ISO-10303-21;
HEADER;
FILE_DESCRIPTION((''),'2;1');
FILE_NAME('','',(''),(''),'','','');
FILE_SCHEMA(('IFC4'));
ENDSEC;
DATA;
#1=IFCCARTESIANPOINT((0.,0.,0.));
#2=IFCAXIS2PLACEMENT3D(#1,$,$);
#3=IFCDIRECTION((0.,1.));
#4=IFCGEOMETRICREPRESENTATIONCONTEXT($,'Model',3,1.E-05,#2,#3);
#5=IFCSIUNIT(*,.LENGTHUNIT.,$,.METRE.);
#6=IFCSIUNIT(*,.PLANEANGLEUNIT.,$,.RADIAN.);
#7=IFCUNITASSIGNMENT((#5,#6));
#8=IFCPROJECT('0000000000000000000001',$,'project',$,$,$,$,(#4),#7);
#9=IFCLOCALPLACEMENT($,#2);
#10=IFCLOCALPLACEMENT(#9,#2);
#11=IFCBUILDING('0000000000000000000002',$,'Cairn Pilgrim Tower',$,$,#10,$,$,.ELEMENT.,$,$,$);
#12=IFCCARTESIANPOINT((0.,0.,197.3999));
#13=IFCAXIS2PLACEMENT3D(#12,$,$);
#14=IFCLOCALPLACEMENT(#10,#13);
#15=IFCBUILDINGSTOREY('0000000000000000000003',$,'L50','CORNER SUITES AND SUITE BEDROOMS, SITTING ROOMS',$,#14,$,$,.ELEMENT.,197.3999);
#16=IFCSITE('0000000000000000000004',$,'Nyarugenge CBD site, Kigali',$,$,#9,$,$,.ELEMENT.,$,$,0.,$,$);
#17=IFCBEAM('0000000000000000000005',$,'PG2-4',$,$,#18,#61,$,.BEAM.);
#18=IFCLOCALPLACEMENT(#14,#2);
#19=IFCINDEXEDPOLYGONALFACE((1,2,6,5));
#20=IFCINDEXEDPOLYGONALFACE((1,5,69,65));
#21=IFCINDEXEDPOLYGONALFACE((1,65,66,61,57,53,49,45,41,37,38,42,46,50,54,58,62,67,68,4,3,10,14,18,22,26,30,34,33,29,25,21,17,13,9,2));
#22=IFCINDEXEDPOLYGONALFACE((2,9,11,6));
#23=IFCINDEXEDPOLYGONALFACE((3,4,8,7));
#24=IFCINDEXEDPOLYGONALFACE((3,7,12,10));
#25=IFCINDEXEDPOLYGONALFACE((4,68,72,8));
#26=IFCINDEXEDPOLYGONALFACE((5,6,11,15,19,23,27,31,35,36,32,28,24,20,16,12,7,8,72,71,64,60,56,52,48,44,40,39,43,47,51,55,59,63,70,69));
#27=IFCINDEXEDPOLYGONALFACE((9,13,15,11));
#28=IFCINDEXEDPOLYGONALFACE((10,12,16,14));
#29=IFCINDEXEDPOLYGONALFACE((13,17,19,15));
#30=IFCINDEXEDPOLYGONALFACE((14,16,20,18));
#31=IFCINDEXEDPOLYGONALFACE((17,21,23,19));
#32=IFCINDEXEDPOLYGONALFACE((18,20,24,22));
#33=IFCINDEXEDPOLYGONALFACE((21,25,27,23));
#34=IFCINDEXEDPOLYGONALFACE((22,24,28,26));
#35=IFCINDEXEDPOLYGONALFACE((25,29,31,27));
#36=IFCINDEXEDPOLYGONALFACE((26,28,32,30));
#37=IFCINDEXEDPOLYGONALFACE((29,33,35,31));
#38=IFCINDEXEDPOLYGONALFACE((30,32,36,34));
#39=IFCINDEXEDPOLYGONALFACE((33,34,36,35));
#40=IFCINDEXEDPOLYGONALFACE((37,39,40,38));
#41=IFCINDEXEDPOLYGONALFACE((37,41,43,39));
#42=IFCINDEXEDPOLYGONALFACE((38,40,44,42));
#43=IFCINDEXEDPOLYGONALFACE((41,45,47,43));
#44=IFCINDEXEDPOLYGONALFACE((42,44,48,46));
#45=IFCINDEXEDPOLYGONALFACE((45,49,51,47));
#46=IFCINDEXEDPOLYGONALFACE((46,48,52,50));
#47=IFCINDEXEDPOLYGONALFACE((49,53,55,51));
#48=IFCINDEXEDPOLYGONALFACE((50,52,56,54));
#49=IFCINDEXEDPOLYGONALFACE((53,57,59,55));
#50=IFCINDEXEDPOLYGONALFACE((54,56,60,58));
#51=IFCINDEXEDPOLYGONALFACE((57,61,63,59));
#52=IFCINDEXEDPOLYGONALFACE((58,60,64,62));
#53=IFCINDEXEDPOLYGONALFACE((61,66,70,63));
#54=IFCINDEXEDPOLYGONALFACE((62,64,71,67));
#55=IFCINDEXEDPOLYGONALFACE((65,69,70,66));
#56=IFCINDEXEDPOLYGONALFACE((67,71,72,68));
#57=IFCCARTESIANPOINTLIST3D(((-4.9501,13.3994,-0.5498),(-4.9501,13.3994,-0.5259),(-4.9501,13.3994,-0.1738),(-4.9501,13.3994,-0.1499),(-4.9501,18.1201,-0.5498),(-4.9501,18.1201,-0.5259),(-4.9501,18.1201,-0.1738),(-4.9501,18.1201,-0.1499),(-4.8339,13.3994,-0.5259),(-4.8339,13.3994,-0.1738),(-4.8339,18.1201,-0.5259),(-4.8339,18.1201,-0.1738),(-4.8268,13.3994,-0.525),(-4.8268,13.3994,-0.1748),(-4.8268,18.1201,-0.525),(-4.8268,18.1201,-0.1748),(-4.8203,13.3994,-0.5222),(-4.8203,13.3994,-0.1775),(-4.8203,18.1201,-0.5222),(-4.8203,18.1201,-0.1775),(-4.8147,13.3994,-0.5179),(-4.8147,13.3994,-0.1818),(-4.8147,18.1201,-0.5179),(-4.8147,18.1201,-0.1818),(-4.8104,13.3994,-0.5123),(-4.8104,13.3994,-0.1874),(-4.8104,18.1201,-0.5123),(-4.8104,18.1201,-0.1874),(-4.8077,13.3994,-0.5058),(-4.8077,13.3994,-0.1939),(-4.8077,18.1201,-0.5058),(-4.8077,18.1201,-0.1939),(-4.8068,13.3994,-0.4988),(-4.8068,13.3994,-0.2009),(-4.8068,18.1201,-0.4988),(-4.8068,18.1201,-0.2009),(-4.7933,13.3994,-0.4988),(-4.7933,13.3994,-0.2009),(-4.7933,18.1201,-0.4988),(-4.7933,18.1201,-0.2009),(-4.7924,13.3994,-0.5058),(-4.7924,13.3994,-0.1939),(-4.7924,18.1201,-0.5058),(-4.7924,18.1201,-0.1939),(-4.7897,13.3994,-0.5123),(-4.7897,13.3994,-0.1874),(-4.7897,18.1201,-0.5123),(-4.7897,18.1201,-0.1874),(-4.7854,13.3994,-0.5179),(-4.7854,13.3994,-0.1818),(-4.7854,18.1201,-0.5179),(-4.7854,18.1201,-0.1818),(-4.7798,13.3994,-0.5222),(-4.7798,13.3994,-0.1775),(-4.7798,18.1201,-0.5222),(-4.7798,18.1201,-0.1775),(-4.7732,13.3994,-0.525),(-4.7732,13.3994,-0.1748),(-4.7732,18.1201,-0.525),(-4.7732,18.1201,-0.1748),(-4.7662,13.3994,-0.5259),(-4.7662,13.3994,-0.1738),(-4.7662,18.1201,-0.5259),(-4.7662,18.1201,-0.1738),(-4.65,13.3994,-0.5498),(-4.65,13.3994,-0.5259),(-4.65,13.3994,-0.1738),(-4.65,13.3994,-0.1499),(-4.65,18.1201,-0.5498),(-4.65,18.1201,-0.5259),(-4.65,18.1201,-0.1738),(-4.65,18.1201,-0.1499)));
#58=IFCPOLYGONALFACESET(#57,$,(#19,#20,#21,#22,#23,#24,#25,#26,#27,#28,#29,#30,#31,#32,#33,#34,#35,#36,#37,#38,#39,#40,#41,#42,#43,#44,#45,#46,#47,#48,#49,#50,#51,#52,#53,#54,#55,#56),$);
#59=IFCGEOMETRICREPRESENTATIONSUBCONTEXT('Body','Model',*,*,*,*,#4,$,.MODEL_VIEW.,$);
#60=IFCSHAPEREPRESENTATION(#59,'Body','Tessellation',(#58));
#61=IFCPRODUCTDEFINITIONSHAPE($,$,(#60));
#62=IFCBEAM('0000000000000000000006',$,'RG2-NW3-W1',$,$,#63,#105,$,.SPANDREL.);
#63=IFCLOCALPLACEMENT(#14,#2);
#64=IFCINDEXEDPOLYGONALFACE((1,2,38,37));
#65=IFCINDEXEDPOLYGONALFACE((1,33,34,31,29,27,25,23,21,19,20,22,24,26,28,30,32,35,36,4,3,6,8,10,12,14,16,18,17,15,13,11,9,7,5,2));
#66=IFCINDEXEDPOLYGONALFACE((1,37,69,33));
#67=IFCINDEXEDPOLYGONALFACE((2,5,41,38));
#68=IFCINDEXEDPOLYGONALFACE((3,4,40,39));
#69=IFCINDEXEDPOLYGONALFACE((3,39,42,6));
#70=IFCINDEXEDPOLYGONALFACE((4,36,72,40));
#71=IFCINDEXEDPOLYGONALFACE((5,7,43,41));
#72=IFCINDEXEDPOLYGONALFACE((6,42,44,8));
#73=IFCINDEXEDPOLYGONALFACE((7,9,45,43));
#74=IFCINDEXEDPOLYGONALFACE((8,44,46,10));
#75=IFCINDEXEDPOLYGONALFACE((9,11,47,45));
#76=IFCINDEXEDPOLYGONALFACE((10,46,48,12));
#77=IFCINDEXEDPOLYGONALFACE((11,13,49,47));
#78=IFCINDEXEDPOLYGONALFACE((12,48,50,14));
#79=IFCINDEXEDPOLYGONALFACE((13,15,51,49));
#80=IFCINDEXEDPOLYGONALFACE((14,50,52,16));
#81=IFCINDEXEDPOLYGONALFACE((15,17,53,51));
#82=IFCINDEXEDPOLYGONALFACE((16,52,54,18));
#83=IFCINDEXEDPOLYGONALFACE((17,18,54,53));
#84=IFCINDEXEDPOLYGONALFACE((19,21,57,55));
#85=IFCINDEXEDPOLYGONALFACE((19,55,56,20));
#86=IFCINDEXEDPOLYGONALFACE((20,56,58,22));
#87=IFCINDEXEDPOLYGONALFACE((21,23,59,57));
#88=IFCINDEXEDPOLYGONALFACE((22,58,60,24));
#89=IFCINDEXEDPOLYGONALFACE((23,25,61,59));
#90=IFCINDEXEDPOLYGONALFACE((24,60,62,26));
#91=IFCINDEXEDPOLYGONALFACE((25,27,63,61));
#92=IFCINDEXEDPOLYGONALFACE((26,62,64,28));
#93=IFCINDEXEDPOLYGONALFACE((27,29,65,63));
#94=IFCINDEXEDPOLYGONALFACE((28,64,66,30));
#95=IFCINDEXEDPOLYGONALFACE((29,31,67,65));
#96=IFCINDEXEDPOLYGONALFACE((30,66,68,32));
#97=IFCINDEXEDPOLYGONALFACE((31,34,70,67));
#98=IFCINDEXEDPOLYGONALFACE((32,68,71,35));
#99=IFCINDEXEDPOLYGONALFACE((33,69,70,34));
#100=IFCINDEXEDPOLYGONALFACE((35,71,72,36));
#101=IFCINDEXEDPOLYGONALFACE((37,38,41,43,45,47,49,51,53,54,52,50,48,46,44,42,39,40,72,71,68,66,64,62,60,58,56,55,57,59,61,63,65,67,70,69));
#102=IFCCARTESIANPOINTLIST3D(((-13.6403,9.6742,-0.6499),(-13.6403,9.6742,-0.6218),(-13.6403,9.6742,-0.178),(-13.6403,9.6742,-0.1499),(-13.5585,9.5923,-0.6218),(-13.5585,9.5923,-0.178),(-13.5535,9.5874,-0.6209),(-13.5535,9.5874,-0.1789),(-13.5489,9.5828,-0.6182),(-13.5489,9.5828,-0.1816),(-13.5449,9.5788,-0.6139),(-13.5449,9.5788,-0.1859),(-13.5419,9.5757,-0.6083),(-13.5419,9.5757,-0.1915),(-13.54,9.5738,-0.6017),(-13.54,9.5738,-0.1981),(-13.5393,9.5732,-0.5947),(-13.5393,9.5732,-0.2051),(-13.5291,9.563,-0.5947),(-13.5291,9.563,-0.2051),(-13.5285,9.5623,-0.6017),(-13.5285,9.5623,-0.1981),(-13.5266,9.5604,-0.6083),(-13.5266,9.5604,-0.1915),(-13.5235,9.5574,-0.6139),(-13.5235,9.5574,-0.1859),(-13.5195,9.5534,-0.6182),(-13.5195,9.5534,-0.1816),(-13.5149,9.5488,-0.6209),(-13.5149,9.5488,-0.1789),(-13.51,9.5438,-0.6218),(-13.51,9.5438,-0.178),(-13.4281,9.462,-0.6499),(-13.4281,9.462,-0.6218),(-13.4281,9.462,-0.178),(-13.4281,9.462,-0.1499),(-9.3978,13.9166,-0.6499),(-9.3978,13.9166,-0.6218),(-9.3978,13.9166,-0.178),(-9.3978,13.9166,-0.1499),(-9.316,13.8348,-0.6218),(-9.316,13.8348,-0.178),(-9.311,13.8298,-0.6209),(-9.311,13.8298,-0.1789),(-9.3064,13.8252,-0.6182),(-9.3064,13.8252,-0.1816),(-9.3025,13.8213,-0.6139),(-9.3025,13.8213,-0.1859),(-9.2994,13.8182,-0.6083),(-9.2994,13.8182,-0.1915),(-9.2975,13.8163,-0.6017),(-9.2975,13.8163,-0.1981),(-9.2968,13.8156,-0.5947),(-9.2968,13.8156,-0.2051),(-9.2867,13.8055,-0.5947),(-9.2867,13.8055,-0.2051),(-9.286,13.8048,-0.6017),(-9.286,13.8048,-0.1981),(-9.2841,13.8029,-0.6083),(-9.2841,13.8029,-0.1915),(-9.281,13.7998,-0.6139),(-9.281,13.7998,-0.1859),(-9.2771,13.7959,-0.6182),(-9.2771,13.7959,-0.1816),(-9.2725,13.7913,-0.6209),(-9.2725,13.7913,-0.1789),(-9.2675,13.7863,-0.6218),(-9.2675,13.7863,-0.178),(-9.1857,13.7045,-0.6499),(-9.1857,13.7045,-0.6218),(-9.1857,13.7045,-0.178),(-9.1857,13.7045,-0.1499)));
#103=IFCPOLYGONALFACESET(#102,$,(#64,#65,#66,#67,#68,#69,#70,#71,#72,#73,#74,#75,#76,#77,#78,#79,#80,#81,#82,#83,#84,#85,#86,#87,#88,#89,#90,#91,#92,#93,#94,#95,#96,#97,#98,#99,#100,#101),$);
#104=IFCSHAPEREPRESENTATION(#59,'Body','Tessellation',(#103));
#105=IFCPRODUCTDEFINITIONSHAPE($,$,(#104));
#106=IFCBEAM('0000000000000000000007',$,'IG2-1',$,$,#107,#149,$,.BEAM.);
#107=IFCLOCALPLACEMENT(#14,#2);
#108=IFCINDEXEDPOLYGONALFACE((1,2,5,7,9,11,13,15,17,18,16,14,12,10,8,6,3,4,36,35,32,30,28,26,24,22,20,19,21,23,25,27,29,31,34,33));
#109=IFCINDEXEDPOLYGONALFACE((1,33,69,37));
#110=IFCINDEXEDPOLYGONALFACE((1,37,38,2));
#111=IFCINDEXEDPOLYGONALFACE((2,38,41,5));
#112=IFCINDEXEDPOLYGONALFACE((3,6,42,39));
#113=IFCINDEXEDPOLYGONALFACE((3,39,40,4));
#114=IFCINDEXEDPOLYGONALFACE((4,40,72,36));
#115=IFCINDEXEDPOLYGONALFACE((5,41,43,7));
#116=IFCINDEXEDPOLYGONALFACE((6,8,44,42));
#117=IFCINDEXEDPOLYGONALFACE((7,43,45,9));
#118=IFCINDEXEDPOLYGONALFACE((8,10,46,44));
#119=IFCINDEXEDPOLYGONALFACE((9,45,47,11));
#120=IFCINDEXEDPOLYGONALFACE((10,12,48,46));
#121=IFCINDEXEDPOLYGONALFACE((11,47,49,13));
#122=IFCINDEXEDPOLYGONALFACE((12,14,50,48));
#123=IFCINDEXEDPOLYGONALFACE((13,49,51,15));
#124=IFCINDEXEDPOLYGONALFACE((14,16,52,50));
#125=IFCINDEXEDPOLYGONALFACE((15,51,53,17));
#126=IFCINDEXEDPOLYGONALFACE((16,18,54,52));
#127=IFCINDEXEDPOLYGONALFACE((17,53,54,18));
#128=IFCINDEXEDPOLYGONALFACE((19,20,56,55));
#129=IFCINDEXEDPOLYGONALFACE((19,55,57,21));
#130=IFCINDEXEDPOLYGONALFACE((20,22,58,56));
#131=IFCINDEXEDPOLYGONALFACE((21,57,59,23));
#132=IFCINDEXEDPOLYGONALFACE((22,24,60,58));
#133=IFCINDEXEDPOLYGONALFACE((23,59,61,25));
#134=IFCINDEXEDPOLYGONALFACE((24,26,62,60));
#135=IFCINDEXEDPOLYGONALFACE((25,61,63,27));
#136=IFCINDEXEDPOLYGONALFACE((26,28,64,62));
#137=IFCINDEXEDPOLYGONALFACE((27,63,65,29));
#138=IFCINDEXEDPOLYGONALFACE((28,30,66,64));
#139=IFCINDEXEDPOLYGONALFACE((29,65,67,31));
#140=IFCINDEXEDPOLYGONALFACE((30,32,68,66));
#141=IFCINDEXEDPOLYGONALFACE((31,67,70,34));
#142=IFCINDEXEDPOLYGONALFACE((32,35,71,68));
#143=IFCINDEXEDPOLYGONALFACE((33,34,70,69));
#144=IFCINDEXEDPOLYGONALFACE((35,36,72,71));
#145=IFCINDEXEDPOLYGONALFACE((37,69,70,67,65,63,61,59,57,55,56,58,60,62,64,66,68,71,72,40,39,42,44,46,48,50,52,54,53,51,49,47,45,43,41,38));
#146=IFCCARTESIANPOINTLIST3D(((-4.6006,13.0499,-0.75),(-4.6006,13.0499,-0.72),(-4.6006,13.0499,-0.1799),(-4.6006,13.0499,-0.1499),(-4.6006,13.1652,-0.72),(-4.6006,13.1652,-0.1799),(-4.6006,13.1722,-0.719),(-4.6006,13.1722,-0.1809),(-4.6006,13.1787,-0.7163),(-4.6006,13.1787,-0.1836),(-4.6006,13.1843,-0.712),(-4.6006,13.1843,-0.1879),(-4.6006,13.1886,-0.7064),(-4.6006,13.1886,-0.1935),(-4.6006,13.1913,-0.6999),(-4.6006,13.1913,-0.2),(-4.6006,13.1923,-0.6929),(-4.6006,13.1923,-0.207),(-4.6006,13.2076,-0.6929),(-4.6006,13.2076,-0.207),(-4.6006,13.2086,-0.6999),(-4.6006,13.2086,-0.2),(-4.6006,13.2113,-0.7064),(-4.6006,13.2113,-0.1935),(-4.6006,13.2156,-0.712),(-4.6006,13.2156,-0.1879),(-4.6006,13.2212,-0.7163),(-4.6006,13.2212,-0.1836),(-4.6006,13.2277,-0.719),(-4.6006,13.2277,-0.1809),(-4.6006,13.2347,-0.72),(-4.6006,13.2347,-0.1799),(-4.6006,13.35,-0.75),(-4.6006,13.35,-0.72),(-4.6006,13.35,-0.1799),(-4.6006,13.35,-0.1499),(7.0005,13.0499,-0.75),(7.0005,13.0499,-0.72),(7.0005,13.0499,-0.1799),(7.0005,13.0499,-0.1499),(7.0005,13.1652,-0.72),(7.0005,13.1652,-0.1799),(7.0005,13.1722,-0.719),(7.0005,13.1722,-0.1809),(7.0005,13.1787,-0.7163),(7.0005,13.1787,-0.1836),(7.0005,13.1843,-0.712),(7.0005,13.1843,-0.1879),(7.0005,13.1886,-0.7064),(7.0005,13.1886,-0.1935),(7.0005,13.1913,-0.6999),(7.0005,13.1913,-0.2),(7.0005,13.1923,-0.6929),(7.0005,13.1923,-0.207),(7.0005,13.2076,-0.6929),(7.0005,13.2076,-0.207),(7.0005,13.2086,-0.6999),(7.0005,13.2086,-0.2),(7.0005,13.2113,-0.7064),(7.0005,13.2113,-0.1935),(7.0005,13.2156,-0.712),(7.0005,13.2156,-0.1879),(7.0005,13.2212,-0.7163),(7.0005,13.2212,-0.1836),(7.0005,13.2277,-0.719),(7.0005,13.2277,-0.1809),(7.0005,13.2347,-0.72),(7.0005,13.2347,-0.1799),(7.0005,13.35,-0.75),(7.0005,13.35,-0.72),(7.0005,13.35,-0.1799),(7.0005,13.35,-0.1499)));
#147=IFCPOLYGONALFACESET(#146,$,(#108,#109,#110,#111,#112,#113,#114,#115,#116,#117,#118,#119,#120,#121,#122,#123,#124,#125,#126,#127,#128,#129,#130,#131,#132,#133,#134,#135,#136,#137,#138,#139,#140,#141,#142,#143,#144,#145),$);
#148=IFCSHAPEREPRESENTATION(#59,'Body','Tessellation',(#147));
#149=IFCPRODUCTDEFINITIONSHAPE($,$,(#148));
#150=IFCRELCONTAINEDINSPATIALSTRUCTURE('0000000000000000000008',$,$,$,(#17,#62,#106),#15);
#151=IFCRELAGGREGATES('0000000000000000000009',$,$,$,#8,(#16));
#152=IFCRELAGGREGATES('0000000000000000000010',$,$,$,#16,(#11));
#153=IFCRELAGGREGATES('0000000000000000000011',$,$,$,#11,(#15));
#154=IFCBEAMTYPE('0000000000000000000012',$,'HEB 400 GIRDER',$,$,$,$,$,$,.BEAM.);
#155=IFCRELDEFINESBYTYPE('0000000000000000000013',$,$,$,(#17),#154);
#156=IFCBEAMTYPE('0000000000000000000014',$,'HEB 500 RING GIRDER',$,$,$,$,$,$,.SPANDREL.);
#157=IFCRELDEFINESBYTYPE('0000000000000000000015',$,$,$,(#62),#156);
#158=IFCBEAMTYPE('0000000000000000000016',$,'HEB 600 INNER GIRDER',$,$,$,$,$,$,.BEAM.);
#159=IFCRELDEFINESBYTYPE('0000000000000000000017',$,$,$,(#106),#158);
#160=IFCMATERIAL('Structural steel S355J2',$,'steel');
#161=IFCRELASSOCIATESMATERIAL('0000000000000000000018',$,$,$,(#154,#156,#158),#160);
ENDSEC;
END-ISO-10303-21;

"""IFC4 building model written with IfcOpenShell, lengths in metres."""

from ifc_helpers import new_model, si_unit, direction, frame, origin, origin_2d, place, context, subcontext, project, spatial, i_section, extrude, material, material_profile, profile_set, type_object, element, save


model = new_model("IFC4")

# Units and contexts
model_context = context("Model", 3, precision=1e-05, world=origin(), true_north=direction((0.0, 1.0)))
body_context = subcontext(model_context, "Body", "Model", "MODEL_VIEW")
ifc_project = project(units=[si_unit("LENGTHUNIT", "METRE"), si_unit("PLANEANGLEUNIT", "RADIAN")], contexts=[model_context])

# Site, building, storey
site_placement = place(None, origin())
site = spatial("IfcSite", under=ifc_project, at=site_placement, Name="Nyarugenge CBD site, Kigali", CompositionType="ELEMENT", RefElevation=0.0)
building_placement = place(site_placement, origin())
building = spatial("IfcBuilding", under=site, at=building_placement, Name="Cairn Pilgrim Tower", CompositionType="ELEMENT")
storey_placement = place(building_placement, frame((0.0, 0.0, 197.3999)))
storey = spatial("IfcBuildingStorey", under=building, at=storey_placement, Name="L50", Description="CORNER SUITES AND SUITE BEDROOMS, SITTING ROOMS", CompositionType="ELEMENT", Elevation=197.3999)

# Shared definitions
ifc_material_1 = material(Name="Structural steel S355J2", Category="steel")

# Beams
ifc_material_profile_1 = material_profile(ifc_material_1, i_section(OverallWidth=0.3, OverallDepth=0.3999, WebThickness=0.0134, FlangeThickness=0.0239, FilletRadius=0.0271, at=origin_2d()), Name="HEB 400")
ifc_profile_set_1 = profile_set([ifc_material_profile_1], Name="Structural steel S355J2")
beam_type_1 = type_object("IfcBeamType", Name="HEB 400 GIRDER", PredefinedType="BEAM", material=ifc_profile_set_1)
beam_1_placement = place(storey_placement, frame((-4.8, 13.3994, -0.3499), z_axis=(0.0, 1.0, 0.0), x_axis=(-1.0, 0.0, 0.0)))
element("IfcBeam", 1, at=beam_1_placement, inside=storey, type_object=beam_type_1, Name="PG2-4", PredefinedType="BEAM", context=body_context, shape_type="SweptSolid", body=[
    extrude(i_section(OverallWidth=0.3, OverallDepth=0.3999, WebThickness=0.0134, FlangeThickness=0.0239, FilletRadius=0.0271, at=origin_2d()), origin(), (0.0, 0.0, 1.0), 4.7207),
])
ifc_material_profile_2 = material_profile(ifc_material_1, i_section(OverallWidth=0.3, OverallDepth=0.5, WebThickness=0.0144, FlangeThickness=0.0281, FilletRadius=0.0271, at=origin_2d()), Name="HEB 500")
ifc_profile_set_2 = profile_set([ifc_material_profile_2], Name="Structural steel S355J2")
beam_type_2 = type_object("IfcBeamType", Name="HEB 500 RING GIRDER", PredefinedType="SPANDREL", material=ifc_profile_set_2)
beam_2_placement = place(storey_placement, frame((-9.2917, 13.8105, -0.3999), z_axis=(-0.707107, -0.707107, 0.0), x_axis=(0.707107, -0.707107, 0.0)))
element("IfcBeam", 2, at=beam_2_placement, inside=storey, type_object=beam_type_2, Name="RG2-NW3-W1", PredefinedType="SPANDREL", context=body_context, shape_type="SweptSolid", body=[
    extrude(i_section(OverallWidth=0.3, OverallDepth=0.5, WebThickness=0.0144, FlangeThickness=0.0281, FilletRadius=0.0271, at=origin_2d()), origin(), (0.0, 0.0, 1.0), 5.9998),
])
ifc_material_profile_3 = material_profile(ifc_material_1, i_section(OverallWidth=0.3, OverallDepth=0.6001, WebThickness=0.0154, FlangeThickness=0.03, FilletRadius=0.0271, at=origin_2d()), Name="HEB 600")
ifc_profile_set_3 = profile_set([ifc_material_profile_3], Name="Structural steel S355J2")
beam_type_3 = type_object("IfcBeamType", Name="HEB 600 INNER GIRDER", PredefinedType="BEAM", material=ifc_profile_set_3)
beam_3_placement = place(storey_placement, frame((-4.6006, 13.2, -0.45), z_axis=(1.0, 0.0, 0.0), x_axis=(0.0, 1.0, 0.0)))
element("IfcBeam", 3, at=beam_3_placement, inside=storey, type_object=beam_type_3, Name="IG2-1", PredefinedType="BEAM", context=body_context, shape_type="SweptSolid", body=[
    extrude(i_section(OverallWidth=0.3, OverallDepth=0.6001, WebThickness=0.0154, FlangeThickness=0.03, FilletRadius=0.0271, at=origin_2d()), origin(), (0.0, 0.0, 1.0), 11.6011),
])

save(model, "model.ifc")
